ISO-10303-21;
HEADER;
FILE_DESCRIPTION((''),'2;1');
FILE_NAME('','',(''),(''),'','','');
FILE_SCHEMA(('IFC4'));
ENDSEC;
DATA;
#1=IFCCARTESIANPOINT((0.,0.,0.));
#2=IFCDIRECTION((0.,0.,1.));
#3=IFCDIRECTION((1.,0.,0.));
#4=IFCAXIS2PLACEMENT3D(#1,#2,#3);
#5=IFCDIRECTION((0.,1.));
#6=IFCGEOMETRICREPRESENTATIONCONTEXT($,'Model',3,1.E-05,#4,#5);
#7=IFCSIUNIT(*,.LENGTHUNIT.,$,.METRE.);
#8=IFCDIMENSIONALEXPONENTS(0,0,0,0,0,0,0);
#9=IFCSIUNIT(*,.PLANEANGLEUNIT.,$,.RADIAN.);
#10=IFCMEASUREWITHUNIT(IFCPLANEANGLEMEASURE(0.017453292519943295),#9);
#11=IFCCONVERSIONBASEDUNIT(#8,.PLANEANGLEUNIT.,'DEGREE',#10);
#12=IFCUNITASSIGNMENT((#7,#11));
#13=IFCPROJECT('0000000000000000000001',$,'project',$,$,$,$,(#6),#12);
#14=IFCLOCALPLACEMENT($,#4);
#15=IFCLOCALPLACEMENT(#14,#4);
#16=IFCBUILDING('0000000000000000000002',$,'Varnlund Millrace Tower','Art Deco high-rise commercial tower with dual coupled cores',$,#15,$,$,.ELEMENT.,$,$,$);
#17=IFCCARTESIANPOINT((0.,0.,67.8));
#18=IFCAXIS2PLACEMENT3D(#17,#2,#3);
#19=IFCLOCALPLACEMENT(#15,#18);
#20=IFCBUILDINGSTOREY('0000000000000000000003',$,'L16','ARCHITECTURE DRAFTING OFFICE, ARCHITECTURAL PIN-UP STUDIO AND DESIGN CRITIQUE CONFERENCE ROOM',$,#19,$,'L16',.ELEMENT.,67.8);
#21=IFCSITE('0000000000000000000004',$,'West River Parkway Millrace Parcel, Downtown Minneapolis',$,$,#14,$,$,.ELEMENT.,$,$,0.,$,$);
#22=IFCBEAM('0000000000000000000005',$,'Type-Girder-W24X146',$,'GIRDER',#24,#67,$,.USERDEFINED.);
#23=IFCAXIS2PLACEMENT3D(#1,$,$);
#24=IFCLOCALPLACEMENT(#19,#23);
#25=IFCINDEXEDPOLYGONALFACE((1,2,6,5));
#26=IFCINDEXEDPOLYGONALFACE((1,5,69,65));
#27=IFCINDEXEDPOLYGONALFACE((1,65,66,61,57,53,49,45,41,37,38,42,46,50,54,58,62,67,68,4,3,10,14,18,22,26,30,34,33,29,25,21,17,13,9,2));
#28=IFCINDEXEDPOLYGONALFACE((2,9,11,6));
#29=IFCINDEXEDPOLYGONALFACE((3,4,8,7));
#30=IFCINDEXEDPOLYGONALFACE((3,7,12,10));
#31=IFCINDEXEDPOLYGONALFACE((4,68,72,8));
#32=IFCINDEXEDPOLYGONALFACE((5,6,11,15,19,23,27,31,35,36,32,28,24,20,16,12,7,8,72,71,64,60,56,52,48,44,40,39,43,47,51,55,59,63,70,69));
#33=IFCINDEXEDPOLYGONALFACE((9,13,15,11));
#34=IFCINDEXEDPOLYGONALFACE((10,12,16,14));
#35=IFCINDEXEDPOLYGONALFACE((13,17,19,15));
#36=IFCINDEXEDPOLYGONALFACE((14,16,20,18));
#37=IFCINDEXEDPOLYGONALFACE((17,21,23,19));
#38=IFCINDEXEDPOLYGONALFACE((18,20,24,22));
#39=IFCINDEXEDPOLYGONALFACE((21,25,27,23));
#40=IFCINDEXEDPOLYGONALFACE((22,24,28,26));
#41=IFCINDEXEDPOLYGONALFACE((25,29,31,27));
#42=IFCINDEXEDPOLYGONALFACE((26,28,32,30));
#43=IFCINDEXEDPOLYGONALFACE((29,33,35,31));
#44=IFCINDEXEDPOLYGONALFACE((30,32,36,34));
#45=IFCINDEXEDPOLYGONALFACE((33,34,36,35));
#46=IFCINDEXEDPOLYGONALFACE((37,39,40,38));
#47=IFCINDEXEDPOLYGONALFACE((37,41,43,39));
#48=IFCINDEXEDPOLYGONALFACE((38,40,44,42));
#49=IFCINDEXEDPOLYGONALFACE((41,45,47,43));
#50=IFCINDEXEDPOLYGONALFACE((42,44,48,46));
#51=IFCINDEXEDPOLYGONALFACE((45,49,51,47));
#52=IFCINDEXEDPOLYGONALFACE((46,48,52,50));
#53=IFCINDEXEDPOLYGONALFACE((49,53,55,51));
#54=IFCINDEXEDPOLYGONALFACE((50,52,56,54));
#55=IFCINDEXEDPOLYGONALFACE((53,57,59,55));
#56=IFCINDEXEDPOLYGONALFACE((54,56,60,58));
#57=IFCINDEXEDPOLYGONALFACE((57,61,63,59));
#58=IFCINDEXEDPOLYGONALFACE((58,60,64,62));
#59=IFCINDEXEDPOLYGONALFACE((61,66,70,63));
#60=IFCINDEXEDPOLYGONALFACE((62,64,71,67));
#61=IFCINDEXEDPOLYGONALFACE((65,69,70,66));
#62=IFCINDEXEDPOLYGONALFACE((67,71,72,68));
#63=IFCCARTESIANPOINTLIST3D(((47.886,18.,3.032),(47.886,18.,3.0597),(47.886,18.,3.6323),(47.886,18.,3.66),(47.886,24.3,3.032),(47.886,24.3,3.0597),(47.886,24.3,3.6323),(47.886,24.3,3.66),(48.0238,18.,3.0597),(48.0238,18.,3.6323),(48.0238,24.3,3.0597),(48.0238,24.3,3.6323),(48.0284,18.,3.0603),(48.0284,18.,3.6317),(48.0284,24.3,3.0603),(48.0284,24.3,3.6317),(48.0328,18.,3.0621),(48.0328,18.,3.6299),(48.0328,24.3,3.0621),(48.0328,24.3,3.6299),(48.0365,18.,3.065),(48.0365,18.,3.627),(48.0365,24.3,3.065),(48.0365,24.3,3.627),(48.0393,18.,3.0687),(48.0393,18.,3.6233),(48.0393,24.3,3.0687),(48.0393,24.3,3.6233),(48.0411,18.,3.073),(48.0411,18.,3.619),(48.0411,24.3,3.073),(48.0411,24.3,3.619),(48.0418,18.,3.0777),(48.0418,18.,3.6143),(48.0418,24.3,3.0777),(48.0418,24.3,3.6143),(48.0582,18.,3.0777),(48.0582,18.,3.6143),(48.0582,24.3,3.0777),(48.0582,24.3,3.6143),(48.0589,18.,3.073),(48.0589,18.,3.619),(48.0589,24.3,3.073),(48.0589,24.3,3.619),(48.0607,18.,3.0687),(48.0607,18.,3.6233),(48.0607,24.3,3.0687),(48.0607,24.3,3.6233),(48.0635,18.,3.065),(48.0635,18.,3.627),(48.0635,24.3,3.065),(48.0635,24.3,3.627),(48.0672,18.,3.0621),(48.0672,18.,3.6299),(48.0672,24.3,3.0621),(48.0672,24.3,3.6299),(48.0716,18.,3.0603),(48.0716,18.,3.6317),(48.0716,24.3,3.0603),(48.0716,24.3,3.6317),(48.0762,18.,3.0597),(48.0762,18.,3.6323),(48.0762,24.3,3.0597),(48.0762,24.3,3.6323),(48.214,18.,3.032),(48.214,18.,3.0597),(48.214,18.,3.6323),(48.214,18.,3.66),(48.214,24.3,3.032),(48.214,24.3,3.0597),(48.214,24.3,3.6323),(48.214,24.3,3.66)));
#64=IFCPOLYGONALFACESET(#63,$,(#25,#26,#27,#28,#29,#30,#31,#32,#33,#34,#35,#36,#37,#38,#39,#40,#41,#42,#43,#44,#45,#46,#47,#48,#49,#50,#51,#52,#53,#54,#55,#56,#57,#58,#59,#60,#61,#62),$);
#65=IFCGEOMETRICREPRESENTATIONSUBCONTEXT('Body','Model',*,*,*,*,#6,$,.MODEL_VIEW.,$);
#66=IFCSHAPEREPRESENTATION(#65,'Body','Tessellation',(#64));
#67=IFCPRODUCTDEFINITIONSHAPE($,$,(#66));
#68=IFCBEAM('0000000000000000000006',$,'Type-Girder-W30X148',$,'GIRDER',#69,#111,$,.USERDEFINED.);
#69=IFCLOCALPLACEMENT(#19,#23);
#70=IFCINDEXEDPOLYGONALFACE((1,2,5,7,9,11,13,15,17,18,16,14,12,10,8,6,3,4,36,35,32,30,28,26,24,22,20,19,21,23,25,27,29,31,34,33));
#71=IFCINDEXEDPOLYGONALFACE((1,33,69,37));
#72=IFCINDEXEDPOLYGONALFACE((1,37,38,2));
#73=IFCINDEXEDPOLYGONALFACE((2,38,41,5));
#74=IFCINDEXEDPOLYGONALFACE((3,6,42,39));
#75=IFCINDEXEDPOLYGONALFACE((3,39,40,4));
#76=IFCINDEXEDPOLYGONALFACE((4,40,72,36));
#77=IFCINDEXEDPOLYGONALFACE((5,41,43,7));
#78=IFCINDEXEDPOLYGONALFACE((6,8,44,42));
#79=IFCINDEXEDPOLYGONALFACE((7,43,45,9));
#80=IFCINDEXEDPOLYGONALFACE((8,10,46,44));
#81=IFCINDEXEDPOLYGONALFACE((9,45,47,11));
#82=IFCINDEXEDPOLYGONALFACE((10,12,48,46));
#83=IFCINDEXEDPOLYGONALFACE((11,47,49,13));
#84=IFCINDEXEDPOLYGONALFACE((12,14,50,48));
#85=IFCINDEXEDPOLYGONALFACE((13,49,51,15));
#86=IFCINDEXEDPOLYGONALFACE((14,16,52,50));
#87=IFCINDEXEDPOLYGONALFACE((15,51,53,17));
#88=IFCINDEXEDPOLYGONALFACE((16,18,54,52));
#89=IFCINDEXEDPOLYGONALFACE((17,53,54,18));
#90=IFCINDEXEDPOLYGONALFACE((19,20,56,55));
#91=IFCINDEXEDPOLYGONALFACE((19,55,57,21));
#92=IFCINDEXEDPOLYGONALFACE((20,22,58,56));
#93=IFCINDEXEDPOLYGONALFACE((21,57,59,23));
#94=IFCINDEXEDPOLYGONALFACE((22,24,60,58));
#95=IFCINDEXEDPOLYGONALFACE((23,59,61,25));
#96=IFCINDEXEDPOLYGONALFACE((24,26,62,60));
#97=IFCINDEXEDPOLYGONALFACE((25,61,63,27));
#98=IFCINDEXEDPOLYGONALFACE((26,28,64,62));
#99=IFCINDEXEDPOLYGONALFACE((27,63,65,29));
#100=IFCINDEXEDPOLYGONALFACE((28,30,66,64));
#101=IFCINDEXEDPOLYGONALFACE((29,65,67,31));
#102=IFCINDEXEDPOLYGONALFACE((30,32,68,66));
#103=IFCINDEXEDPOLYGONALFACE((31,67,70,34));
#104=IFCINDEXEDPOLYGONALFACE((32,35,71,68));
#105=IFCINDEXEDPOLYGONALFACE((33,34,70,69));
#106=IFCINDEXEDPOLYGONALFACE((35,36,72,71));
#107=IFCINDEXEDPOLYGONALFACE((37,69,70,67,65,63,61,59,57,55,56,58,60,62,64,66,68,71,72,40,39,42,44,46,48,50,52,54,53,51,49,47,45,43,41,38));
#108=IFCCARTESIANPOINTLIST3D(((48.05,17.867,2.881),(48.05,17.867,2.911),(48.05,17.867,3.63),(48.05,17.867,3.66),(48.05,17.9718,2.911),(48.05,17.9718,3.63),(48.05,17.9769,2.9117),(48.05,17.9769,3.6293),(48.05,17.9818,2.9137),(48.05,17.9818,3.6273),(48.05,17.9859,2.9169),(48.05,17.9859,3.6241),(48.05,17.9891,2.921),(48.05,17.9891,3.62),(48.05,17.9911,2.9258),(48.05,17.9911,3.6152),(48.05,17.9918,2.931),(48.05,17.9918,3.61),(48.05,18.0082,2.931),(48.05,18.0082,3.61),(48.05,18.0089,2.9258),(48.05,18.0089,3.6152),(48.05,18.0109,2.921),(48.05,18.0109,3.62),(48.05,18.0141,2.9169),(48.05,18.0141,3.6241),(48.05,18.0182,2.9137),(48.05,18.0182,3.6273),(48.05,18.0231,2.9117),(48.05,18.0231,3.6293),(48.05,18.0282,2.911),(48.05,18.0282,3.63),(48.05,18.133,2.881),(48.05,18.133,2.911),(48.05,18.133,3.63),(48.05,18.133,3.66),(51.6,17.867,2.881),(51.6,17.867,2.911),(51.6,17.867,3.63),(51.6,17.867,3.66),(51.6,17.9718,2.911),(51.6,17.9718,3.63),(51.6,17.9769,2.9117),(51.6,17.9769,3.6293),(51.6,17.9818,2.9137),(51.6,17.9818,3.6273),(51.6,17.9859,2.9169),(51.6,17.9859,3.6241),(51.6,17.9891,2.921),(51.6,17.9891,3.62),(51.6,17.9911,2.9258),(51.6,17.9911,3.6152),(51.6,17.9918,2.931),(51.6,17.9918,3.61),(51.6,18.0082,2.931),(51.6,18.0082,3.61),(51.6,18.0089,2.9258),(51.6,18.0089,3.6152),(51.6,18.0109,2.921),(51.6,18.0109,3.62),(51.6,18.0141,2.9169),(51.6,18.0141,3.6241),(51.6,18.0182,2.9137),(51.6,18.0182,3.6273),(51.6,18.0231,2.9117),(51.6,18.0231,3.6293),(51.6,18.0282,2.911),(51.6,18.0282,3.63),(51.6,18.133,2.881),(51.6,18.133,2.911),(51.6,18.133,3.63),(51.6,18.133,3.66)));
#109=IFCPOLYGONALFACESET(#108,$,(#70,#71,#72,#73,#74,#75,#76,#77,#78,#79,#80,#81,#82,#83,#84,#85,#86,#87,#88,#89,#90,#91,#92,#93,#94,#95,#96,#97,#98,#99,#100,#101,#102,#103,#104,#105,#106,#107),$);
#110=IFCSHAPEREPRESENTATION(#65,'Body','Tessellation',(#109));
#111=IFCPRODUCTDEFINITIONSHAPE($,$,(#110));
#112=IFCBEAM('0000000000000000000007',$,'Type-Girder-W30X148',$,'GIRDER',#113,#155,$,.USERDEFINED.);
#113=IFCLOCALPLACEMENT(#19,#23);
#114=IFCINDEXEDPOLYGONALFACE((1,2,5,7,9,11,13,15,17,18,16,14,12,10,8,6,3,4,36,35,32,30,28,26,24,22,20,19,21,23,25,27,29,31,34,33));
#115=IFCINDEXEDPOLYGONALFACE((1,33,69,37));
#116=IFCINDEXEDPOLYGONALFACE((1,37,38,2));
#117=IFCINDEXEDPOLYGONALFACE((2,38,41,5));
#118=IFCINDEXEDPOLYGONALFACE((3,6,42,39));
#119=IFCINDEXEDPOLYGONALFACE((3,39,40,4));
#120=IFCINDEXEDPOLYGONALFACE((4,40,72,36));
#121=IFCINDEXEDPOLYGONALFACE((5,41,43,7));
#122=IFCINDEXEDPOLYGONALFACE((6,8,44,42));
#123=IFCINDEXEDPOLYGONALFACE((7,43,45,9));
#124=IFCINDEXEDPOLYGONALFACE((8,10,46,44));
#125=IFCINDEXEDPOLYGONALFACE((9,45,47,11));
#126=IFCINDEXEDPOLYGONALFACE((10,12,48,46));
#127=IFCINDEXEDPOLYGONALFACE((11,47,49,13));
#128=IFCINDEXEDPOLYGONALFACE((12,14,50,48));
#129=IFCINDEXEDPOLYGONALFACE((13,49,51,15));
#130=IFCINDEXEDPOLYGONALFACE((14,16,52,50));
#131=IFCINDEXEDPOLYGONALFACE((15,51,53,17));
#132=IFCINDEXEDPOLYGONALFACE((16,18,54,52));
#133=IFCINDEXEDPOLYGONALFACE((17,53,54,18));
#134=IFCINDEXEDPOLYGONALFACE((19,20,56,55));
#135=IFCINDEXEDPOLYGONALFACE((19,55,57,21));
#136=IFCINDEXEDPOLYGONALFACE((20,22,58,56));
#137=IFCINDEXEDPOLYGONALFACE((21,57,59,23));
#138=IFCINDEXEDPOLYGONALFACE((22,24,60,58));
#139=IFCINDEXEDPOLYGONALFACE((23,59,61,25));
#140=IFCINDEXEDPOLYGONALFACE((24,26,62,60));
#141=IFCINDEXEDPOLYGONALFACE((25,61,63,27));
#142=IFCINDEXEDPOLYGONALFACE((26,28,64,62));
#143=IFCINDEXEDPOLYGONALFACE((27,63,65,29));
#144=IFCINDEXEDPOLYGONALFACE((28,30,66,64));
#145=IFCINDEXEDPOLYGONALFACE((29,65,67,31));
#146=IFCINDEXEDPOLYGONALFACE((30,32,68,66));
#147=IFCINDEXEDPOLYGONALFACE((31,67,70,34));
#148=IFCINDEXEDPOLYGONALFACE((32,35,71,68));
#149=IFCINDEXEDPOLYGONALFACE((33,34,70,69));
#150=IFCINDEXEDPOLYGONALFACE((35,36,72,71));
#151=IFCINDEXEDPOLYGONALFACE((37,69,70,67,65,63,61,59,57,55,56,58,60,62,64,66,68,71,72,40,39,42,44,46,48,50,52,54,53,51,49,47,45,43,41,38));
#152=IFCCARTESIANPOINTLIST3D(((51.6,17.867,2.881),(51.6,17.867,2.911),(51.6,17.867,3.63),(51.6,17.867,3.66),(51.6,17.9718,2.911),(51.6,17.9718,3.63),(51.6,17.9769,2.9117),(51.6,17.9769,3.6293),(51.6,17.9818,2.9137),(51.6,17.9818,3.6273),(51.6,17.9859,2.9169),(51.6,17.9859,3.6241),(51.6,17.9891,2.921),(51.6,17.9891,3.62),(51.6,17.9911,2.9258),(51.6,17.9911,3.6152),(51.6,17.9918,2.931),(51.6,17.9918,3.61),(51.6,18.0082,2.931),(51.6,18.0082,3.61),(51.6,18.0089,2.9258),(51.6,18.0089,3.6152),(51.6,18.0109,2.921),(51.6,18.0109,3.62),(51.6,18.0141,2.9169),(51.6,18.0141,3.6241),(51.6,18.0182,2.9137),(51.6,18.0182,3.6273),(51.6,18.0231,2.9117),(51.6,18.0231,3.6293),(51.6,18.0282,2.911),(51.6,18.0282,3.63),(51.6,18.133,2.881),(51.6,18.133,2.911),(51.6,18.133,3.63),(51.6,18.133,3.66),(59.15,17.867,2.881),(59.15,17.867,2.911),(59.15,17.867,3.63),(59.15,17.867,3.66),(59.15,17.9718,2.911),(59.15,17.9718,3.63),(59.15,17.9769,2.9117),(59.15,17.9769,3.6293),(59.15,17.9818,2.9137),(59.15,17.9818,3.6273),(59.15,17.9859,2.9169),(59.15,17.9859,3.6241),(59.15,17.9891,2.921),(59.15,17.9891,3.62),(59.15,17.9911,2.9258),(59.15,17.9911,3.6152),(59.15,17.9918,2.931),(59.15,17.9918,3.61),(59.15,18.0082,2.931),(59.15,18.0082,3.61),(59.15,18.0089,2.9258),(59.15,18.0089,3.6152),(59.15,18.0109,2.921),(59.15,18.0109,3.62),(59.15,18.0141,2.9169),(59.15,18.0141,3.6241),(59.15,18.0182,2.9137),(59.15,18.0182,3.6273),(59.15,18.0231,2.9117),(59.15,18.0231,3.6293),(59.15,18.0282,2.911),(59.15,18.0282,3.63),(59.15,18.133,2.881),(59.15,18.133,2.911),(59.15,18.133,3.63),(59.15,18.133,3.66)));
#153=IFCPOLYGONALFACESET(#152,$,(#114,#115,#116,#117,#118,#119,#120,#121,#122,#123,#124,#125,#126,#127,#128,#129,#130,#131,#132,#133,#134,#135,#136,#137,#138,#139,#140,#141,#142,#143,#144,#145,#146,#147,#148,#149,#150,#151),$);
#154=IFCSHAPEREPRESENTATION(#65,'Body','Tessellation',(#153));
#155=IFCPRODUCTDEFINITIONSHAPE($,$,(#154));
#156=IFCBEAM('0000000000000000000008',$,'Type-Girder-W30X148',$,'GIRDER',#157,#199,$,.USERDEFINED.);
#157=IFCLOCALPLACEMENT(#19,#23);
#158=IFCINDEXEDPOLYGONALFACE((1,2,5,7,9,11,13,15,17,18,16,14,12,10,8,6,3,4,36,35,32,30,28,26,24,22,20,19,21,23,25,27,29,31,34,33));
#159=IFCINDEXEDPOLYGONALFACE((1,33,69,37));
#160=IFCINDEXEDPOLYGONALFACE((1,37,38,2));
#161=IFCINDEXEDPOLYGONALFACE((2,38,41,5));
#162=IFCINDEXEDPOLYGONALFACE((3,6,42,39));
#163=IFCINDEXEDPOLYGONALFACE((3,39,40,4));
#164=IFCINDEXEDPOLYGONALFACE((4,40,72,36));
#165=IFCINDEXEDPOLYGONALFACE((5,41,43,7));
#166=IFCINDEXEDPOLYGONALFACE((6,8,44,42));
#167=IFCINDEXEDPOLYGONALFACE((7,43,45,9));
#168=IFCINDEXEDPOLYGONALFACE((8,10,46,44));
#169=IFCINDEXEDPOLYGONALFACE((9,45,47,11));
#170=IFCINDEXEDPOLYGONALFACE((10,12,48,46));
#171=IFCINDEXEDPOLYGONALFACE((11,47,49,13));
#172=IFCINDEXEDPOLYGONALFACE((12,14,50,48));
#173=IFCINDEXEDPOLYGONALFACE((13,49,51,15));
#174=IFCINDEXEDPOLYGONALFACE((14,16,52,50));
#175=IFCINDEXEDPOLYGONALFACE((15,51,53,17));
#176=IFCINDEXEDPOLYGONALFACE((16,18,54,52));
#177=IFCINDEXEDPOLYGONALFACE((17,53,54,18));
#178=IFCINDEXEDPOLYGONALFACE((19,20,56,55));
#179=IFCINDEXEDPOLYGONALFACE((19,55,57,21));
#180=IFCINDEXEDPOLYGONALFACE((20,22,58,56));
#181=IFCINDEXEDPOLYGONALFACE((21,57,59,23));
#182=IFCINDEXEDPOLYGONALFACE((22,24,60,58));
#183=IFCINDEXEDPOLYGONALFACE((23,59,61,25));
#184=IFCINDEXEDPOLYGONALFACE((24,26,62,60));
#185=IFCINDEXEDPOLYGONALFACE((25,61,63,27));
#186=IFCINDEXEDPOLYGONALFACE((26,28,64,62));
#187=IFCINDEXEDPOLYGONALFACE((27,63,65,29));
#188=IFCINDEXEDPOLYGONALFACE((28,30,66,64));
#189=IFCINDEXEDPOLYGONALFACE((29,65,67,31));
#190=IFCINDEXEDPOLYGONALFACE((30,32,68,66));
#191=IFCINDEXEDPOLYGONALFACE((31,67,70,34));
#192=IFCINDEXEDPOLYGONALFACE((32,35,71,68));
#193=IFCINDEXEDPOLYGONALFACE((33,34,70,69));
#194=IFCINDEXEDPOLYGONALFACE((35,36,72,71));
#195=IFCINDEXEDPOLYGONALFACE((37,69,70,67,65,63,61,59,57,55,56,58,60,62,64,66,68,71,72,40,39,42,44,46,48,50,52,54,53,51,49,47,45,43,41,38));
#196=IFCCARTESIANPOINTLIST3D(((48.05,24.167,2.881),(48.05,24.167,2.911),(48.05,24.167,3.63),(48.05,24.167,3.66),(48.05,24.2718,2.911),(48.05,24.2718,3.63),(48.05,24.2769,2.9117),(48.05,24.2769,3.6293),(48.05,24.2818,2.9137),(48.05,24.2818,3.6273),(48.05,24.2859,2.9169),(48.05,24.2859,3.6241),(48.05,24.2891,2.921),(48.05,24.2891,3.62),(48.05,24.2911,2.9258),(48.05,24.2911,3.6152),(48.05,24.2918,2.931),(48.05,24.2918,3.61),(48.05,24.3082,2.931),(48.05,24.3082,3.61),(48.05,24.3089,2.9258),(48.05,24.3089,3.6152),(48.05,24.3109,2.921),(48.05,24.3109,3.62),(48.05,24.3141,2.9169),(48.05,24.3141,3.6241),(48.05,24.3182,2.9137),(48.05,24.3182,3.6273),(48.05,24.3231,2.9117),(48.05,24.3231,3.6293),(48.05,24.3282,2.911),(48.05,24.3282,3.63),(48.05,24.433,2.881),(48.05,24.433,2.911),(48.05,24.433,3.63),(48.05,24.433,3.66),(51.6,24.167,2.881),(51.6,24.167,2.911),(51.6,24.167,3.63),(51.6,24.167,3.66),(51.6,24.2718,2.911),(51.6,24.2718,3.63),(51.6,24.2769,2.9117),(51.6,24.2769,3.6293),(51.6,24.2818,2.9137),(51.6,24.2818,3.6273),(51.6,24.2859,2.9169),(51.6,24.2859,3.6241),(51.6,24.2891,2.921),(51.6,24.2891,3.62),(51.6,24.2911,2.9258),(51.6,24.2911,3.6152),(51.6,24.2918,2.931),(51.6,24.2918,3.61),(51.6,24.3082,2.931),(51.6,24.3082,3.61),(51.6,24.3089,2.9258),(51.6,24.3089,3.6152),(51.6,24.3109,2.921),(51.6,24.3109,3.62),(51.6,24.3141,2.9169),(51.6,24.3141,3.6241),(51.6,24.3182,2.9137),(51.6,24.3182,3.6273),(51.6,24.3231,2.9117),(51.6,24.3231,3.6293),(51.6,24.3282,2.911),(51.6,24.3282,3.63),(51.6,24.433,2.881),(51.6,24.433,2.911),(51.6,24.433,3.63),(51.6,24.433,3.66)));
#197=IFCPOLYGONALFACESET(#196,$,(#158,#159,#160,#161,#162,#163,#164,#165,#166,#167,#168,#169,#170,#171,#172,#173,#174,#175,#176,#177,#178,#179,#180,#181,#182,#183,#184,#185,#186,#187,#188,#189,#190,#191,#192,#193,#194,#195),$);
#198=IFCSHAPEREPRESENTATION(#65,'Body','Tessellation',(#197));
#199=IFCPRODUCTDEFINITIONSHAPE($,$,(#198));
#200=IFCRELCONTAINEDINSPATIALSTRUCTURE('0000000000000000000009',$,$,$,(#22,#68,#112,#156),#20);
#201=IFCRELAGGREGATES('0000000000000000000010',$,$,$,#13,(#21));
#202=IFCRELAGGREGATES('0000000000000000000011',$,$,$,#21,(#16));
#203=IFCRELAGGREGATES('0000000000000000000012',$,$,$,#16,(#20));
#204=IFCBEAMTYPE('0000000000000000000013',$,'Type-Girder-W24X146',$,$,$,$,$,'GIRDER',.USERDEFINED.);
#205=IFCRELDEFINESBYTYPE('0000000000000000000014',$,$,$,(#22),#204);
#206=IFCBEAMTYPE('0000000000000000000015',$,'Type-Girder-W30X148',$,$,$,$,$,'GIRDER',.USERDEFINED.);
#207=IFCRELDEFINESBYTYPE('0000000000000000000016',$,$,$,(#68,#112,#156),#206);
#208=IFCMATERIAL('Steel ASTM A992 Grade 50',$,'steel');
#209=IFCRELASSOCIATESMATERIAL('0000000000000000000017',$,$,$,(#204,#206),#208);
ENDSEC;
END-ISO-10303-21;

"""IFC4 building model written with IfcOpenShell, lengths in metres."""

from ifc_helpers import new_model, entity, si_unit, converted_unit, direction, frame, origin_with_axes, origin_2d_with_axis, place, context, subcontext, project, spatial, i_section, extrude, material, material_profile, profile_set, type_object, element, save


model = new_model("IFC4")

# Units and contexts
model_context = context("Model", 3, precision=1e-05, world=origin_with_axes(), true_north=direction((0.0, 1.0)))
body_context = subcontext(model_context, "Body", "Model", "MODEL_VIEW")
ifc_project = project(units=[si_unit("LENGTHUNIT", "METRE"), converted_unit("PLANEANGLEUNIT", "DEGREE", entity("IfcPlaneAngleMeasure", 0.017453292519943295), si_unit("PLANEANGLEUNIT", "RADIAN"), dimensions=[0, 0, 0, 0, 0, 0, 0])], contexts=[model_context])

# Site, building, storey
site_placement = place(None, origin_with_axes())
site = spatial("IfcSite", under=ifc_project, at=site_placement, Name="West River Parkway Millrace Parcel, Downtown Minneapolis", CompositionType="ELEMENT", RefElevation=0.0)
building_placement = place(site_placement, origin_with_axes())
building = spatial("IfcBuilding", under=site, at=building_placement, Name="Varnlund Millrace Tower", Description="Art Deco high-rise commercial tower with dual coupled cores", CompositionType="ELEMENT")
storey_placement = place(building_placement, frame((0.0, 0.0, 67.8), z_axis=(0.0, 0.0, 1.0), x_axis=(1.0, 0.0, 0.0)))
storey = spatial("IfcBuildingStorey", under=building, at=storey_placement, Name="L16", Description="ARCHITECTURE DRAFTING OFFICE, ARCHITECTURAL PIN-UP STUDIO AND DESIGN CRITIQUE CONFERENCE ROOM", LongName="L16", CompositionType="ELEMENT", Elevation=67.8)

# Beams
ifc_material_1 = material(Name="Steel ASTM A992 Grade 50", Category="steel")
ifc_material_profile_1 = material_profile(ifc_material_1, i_section(OverallWidth=0.328, OverallDepth=0.628, WebThickness=0.0165, FlangeThickness=0.0277, FilletRadius=0.018, at=origin_2d_with_axis()), Name="Steel ASTM A992 Grade 50")
ifc_profile_set_1 = profile_set([ifc_material_profile_1], Name="Steel ASTM A992 Grade 50")
beam_type_1 = type_object("IfcBeamType", Name="Type-Girder-W24X146", ElementType="GIRDER", PredefinedType="USERDEFINED", material=ifc_profile_set_1)
beam_1_placement = place(storey_placement, frame((48.05, 18.0, 3.346), z_axis=(0.0, 1.0, 0.0), x_axis=(-1.0, 0.0, 0.0)))
element("IfcBeam", 1, at=beam_1_placement, inside=storey, type_object=beam_type_1, Name="Type-Girder-W24X146", ObjectType="GIRDER", PredefinedType="USERDEFINED", context=body_context, shape_type="SweptSolid", body=[
    extrude(i_section(OverallWidth=0.328, OverallDepth=0.628, WebThickness=0.0165, FlangeThickness=0.0277, FilletRadius=0.018, at=origin_2d_with_axis()), origin_with_axes(), (0.0, 0.0, 1.0), 6.3),
])
ifc_material_profile_2 = material_profile(ifc_material_1, i_section(OverallWidth=0.266, OverallDepth=0.779, WebThickness=0.0165, FlangeThickness=0.03, FilletRadius=0.02, at=origin_2d_with_axis()), Name="Steel ASTM A992 Grade 50")
ifc_profile_set_2 = profile_set([ifc_material_profile_2], Name="Steel ASTM A992 Grade 50")
beam_type_2 = type_object("IfcBeamType", Name="Type-Girder-W30X148", ElementType="GIRDER", PredefinedType="USERDEFINED", material=ifc_profile_set_2)
beam_2_placement = place(storey_placement, frame((48.05, 18.0, 3.2705), z_axis=(1.0, 0.0, 0.0), x_axis=(0.0, 1.0, 0.0)))
element("IfcBeam", 2, at=beam_2_placement, inside=storey, type_object=beam_type_2, Name="Type-Girder-W30X148", ObjectType="GIRDER", PredefinedType="USERDEFINED", context=body_context, shape_type="SweptSolid", body=[
    extrude(i_section(OverallWidth=0.266, OverallDepth=0.779, WebThickness=0.0165, FlangeThickness=0.03, FilletRadius=0.02, at=origin_2d_with_axis()), origin_with_axes(), (0.0, 0.0, 1.0), 3.55),
])
beam_3_placement = place(storey_placement, frame((51.6, 18.0, 3.2705), z_axis=(1.0, 0.0, 0.0), x_axis=(0.0, 1.0, 0.0)))
element("IfcBeam", 3, at=beam_3_placement, inside=storey, type_object=beam_type_2, Name="Type-Girder-W30X148", ObjectType="GIRDER", PredefinedType="USERDEFINED", context=body_context, shape_type="SweptSolid", body=[
    extrude(i_section(OverallWidth=0.266, OverallDepth=0.779, WebThickness=0.0165, FlangeThickness=0.03, FilletRadius=0.02, at=origin_2d_with_axis()), origin_with_axes(), (0.0, 0.0, 1.0), 7.55),
])
beam_4_placement = place(storey_placement, frame((48.05, 24.3, 3.2705), z_axis=(1.0, 0.0, 0.0), x_axis=(0.0, 1.0, 0.0)))
element("IfcBeam", 4, at=beam_4_placement, inside=storey, type_object=beam_type_2, Name="Type-Girder-W30X148", ObjectType="GIRDER", PredefinedType="USERDEFINED", context=body_context, shape_type="SweptSolid", body=[
    extrude(i_section(OverallWidth=0.266, OverallDepth=0.779, WebThickness=0.0165, FlangeThickness=0.03, FilletRadius=0.02, at=origin_2d_with_axis()), origin_with_axes(), (0.0, 0.0, 1.0), 3.55),
])

save(model, "model.ifc")
